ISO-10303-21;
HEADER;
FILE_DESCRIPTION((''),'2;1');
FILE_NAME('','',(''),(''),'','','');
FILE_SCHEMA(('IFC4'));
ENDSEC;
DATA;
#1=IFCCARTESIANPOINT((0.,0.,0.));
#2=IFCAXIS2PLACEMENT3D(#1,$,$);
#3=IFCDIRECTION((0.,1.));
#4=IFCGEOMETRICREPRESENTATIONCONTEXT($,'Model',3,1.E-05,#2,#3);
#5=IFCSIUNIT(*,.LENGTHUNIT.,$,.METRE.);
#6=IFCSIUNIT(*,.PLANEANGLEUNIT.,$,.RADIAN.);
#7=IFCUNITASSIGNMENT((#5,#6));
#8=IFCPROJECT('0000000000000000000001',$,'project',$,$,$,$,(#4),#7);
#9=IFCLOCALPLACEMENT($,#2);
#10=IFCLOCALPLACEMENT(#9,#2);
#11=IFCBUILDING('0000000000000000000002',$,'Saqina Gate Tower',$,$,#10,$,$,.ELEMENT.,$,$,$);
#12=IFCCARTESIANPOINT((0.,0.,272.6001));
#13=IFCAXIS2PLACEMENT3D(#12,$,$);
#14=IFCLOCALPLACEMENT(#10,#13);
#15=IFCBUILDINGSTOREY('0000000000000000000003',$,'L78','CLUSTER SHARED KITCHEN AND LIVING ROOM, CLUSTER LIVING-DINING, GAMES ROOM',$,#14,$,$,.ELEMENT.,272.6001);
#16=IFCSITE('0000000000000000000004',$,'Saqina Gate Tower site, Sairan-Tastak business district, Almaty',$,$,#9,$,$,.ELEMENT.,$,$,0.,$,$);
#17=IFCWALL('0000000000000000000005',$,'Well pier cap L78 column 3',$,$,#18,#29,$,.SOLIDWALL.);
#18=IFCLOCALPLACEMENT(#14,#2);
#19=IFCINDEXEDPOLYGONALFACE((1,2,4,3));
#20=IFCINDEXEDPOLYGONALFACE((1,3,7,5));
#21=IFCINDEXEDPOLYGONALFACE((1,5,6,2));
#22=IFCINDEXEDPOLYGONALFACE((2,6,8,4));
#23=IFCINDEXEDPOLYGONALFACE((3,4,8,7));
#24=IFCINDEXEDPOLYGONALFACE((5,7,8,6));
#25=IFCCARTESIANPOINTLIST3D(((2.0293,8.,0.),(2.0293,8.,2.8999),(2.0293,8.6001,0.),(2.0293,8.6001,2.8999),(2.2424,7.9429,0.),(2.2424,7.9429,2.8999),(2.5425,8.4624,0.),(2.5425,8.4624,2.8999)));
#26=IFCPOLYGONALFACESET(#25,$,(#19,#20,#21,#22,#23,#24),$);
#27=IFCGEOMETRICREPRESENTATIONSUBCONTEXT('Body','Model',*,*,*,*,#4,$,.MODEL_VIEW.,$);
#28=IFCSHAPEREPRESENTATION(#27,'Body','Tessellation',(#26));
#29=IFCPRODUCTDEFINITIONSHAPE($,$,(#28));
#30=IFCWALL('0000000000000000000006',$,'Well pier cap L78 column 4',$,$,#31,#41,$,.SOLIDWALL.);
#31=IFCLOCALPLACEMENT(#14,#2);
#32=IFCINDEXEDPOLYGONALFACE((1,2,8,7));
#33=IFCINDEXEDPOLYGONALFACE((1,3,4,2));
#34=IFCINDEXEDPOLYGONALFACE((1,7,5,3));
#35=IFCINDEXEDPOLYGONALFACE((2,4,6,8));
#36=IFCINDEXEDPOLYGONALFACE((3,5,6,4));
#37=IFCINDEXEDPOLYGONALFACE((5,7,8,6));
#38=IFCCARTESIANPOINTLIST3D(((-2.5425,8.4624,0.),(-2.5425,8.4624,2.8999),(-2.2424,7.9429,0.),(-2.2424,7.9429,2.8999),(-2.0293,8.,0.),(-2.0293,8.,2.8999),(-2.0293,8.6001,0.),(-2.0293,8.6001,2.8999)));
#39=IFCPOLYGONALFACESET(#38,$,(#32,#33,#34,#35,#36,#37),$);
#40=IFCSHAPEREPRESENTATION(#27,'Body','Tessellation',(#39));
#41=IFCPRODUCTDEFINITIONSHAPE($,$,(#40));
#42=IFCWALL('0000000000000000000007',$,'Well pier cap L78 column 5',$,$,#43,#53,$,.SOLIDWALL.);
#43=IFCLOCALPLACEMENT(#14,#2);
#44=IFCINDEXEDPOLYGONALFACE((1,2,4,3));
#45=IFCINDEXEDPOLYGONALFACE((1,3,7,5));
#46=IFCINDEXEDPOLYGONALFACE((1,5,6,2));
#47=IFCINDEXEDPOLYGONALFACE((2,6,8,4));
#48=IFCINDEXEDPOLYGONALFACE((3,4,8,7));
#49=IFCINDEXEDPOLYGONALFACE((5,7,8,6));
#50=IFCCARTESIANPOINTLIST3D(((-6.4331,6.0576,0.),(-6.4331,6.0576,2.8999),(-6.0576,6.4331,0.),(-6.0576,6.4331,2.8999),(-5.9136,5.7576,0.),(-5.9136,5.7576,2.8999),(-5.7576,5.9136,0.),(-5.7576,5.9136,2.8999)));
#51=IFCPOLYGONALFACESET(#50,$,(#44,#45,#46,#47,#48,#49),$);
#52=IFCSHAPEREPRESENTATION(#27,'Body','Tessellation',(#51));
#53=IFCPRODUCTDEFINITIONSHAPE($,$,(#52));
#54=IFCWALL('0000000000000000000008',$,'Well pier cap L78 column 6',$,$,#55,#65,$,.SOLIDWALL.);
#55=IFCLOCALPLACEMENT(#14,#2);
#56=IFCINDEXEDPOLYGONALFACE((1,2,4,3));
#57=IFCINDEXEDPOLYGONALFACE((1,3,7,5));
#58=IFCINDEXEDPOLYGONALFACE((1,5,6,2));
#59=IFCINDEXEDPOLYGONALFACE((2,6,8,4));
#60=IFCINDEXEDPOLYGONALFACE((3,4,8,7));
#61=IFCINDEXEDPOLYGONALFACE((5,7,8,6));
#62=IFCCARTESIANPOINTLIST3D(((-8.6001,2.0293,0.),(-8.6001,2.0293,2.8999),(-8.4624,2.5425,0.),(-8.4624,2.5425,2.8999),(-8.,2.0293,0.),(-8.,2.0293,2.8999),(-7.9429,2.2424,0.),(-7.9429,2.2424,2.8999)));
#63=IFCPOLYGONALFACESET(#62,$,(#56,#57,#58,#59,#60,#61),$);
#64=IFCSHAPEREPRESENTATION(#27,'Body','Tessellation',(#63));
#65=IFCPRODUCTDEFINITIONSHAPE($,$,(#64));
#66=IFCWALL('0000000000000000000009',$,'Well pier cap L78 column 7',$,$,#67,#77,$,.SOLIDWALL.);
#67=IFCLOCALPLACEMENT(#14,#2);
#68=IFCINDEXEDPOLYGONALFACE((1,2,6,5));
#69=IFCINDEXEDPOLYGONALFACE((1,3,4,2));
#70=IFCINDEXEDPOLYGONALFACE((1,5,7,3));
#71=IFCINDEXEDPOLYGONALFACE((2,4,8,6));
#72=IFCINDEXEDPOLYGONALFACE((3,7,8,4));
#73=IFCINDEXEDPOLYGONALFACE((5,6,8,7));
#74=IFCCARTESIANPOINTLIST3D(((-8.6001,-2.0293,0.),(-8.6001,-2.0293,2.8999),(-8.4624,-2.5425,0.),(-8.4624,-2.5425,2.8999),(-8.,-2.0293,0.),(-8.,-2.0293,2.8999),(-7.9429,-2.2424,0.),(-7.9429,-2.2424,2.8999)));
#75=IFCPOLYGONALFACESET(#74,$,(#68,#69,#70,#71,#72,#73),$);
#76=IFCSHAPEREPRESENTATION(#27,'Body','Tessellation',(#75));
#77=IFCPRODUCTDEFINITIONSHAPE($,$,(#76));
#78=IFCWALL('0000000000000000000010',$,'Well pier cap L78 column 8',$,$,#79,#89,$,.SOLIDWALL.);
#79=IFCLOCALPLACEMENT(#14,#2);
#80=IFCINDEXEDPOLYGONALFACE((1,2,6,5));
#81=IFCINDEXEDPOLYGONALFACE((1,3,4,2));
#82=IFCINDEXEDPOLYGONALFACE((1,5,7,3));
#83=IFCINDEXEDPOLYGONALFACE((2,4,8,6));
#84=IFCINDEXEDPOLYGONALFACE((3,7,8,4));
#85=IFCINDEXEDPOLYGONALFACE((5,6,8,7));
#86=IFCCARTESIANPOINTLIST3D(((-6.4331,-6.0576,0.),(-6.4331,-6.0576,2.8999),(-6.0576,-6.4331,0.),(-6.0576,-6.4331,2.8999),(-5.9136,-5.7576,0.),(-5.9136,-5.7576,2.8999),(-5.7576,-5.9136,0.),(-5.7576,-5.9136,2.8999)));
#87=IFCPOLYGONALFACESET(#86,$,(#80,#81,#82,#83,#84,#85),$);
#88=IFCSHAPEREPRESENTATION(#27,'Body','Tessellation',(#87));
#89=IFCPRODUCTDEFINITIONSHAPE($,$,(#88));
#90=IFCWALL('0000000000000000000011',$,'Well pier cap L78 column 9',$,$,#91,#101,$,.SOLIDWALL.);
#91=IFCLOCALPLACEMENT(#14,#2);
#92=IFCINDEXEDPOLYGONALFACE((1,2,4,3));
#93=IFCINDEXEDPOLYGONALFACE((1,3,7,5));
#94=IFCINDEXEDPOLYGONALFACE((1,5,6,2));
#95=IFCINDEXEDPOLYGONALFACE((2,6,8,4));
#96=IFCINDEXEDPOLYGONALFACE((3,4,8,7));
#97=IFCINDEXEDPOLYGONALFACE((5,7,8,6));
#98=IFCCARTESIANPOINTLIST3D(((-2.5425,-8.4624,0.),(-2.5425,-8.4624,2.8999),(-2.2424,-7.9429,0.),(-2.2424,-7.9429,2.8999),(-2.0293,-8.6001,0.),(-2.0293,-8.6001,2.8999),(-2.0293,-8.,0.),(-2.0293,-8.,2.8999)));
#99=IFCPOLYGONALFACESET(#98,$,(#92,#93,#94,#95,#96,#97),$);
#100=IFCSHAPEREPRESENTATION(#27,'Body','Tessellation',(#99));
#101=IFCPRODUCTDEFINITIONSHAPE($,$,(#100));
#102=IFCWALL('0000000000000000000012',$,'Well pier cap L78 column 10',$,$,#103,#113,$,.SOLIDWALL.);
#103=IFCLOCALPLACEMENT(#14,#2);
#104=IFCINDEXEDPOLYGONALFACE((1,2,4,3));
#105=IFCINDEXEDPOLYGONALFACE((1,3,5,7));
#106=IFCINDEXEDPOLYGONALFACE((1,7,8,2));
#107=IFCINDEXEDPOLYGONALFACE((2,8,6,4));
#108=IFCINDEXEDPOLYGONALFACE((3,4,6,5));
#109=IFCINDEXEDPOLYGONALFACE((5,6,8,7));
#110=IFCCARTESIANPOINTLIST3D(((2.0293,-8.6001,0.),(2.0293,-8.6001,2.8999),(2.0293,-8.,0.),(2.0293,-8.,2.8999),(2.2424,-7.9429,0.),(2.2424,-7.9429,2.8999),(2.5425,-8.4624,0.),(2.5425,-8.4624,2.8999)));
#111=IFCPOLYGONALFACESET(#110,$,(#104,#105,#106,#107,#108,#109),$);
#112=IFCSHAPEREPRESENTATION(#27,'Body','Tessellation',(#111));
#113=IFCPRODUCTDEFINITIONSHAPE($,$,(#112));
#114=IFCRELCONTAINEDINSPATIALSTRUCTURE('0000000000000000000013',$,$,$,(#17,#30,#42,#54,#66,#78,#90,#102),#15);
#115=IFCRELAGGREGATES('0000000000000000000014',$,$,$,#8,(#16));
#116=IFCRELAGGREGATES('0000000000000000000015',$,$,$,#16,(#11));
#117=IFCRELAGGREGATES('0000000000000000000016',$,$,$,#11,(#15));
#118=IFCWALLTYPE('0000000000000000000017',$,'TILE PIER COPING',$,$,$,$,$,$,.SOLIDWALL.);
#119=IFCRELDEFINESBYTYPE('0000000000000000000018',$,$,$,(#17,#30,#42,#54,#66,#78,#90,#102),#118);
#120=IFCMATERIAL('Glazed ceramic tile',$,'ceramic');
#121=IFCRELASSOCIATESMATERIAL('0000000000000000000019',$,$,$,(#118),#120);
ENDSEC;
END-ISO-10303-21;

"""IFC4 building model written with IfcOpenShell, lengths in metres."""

from ifc_helpers import new_model, si_unit, direction, frame, origin, place, context, subcontext, project, spatial, polyline, outline, extrude, material, type_object, element, save


model = new_model("IFC4")

# Units and contexts
model_context = context("Model", 3, precision=1e-05, world=origin(), true_north=direction((0.0, 1.0)))
body_context = subcontext(model_context, "Body", "Model", "MODEL_VIEW")
ifc_project = project(units=[si_unit("LENGTHUNIT", "METRE"), si_unit("PLANEANGLEUNIT", "RADIAN")], contexts=[model_context])

# Site, building, storey
site_placement = place(None, origin())
site = spatial("IfcSite", under=ifc_project, at=site_placement, Name="Saqina Gate Tower site, Sairan-Tastak business district, Almaty", CompositionType="ELEMENT", RefElevation=0.0)
building_placement = place(site_placement, origin())
building = spatial("IfcBuilding", under=site, at=building_placement, Name="Saqina Gate Tower", CompositionType="ELEMENT")
storey_placement = place(building_placement, frame((0.0, 0.0, 272.6001)))
storey = spatial("IfcBuildingStorey", under=building, at=storey_placement, Name="L78", Description="CLUSTER SHARED KITCHEN AND LIVING ROOM, CLUSTER LIVING-DINING, GAMES ROOM", CompositionType="ELEMENT", Elevation=272.6001)

# Walls
ifc_material_1 = material(Name="Glazed ceramic tile", Category="ceramic")
wall_type_1 = type_object("IfcWallType", Name="TILE PIER COPING", PredefinedType="SOLIDWALL", material=ifc_material_1)
wall_1_placement = place(storey_placement, origin())
element("IfcWall", 1, at=wall_1_placement, inside=storey, type_object=wall_type_1, Name="Well pier cap L78 column 3", PredefinedType="SOLIDWALL", context=body_context, shape_type="SweptSolid", body=[
    extrude(outline(polyline([(2.0293, 8.6001), (2.0293, 8.0), (2.2424, 7.9429), (2.5425, 8.4624), (2.0293, 8.6001)])), origin(), (0.0, 0.0, 1.0), 2.8999),
])
wall_2_placement = place(storey_placement, origin())
element("IfcWall", 2, at=wall_2_placement, inside=storey, type_object=wall_type_1, Name="Well pier cap L78 column 4", PredefinedType="SOLIDWALL", context=body_context, shape_type="SweptSolid", body=[
    extrude(outline(polyline([(-2.5425, 8.4624), (-2.2424, 7.9429), (-2.0293, 8.0), (-2.0293, 8.6001), (-2.5425, 8.4624)])), origin(), (0.0, 0.0, 1.0), 2.8999),
])
wall_3_placement = place(storey_placement, origin())
element("IfcWall", 3, at=wall_3_placement, inside=storey, type_object=wall_type_1, Name="Well pier cap L78 column 5", PredefinedType="SOLIDWALL", context=body_context, shape_type="SweptSolid", body=[
    extrude(outline(polyline([(-6.4331, 6.0576), (-5.9136, 5.7576), (-5.7576, 5.9136), (-6.0576, 6.4331), (-6.4331, 6.0576)])), origin(), (0.0, 0.0, 1.0), 2.8999),
])
wall_4_placement = place(storey_placement, origin())
element("IfcWall", 4, at=wall_4_placement, inside=storey, type_object=wall_type_1, Name="Well pier cap L78 column 6", PredefinedType="SOLIDWALL", context=body_context, shape_type="SweptSolid", body=[
    extrude(outline(polyline([(-8.6001, 2.0293), (-8.0, 2.0293), (-7.9429, 2.2424), (-8.4624, 2.5425), (-8.6001, 2.0293)])), origin(), (0.0, 0.0, 1.0), 2.8999),
])
wall_5_placement = place(storey_placement, origin())
element("IfcWall", 5, at=wall_5_placement, inside=storey, type_object=wall_type_1, Name="Well pier cap L78 column 7", PredefinedType="SOLIDWALL", context=body_context, shape_type="SweptSolid", body=[
    extrude(outline(polyline([(-8.4624, -2.5425), (-7.9429, -2.2424), (-8.0, -2.0293), (-8.6001, -2.0293), (-8.4624, -2.5425)])), origin(), (0.0, 0.0, 1.0), 2.8999),
])
wall_6_placement = place(storey_placement, origin())
element("IfcWall", 6, at=wall_6_placement, inside=storey, type_object=wall_type_1, Name="Well pier cap L78 column 8", PredefinedType="SOLIDWALL", context=body_context, shape_type="SweptSolid", body=[
    extrude(outline(polyline([(-6.0576, -6.4331), (-5.7576, -5.9136), (-5.9136, -5.7576), (-6.4331, -6.0576), (-6.0576, -6.4331)])), origin(), (0.0, 0.0, 1.0), 2.8999),
])
wall_7_placement = place(storey_placement, origin())
element("IfcWall", 7, at=wall_7_placement, inside=storey, type_object=wall_type_1, Name="Well pier cap L78 column 9", PredefinedType="SOLIDWALL", context=body_context, shape_type="SweptSolid", body=[
    extrude(outline(polyline([(-2.0293, -8.6001), (-2.0293, -8.0), (-2.2424, -7.9429), (-2.5425, -8.4624), (-2.0293, -8.6001)])), origin(), (0.0, 0.0, 1.0), 2.8999),
])
wall_8_placement = place(storey_placement, origin())
element("IfcWall", 8, at=wall_8_placement, inside=storey, type_object=wall_type_1, Name="Well pier cap L78 column 10", PredefinedType="SOLIDWALL", context=body_context, shape_type="SweptSolid", body=[
    extrude(outline(polyline([(2.5425, -8.4624), (2.2424, -7.9429), (2.0293, -8.0), (2.0293, -8.6001), (2.5425, -8.4624)])), origin(), (0.0, 0.0, 1.0), 2.8999),
])

save(model, "model.ifc")
